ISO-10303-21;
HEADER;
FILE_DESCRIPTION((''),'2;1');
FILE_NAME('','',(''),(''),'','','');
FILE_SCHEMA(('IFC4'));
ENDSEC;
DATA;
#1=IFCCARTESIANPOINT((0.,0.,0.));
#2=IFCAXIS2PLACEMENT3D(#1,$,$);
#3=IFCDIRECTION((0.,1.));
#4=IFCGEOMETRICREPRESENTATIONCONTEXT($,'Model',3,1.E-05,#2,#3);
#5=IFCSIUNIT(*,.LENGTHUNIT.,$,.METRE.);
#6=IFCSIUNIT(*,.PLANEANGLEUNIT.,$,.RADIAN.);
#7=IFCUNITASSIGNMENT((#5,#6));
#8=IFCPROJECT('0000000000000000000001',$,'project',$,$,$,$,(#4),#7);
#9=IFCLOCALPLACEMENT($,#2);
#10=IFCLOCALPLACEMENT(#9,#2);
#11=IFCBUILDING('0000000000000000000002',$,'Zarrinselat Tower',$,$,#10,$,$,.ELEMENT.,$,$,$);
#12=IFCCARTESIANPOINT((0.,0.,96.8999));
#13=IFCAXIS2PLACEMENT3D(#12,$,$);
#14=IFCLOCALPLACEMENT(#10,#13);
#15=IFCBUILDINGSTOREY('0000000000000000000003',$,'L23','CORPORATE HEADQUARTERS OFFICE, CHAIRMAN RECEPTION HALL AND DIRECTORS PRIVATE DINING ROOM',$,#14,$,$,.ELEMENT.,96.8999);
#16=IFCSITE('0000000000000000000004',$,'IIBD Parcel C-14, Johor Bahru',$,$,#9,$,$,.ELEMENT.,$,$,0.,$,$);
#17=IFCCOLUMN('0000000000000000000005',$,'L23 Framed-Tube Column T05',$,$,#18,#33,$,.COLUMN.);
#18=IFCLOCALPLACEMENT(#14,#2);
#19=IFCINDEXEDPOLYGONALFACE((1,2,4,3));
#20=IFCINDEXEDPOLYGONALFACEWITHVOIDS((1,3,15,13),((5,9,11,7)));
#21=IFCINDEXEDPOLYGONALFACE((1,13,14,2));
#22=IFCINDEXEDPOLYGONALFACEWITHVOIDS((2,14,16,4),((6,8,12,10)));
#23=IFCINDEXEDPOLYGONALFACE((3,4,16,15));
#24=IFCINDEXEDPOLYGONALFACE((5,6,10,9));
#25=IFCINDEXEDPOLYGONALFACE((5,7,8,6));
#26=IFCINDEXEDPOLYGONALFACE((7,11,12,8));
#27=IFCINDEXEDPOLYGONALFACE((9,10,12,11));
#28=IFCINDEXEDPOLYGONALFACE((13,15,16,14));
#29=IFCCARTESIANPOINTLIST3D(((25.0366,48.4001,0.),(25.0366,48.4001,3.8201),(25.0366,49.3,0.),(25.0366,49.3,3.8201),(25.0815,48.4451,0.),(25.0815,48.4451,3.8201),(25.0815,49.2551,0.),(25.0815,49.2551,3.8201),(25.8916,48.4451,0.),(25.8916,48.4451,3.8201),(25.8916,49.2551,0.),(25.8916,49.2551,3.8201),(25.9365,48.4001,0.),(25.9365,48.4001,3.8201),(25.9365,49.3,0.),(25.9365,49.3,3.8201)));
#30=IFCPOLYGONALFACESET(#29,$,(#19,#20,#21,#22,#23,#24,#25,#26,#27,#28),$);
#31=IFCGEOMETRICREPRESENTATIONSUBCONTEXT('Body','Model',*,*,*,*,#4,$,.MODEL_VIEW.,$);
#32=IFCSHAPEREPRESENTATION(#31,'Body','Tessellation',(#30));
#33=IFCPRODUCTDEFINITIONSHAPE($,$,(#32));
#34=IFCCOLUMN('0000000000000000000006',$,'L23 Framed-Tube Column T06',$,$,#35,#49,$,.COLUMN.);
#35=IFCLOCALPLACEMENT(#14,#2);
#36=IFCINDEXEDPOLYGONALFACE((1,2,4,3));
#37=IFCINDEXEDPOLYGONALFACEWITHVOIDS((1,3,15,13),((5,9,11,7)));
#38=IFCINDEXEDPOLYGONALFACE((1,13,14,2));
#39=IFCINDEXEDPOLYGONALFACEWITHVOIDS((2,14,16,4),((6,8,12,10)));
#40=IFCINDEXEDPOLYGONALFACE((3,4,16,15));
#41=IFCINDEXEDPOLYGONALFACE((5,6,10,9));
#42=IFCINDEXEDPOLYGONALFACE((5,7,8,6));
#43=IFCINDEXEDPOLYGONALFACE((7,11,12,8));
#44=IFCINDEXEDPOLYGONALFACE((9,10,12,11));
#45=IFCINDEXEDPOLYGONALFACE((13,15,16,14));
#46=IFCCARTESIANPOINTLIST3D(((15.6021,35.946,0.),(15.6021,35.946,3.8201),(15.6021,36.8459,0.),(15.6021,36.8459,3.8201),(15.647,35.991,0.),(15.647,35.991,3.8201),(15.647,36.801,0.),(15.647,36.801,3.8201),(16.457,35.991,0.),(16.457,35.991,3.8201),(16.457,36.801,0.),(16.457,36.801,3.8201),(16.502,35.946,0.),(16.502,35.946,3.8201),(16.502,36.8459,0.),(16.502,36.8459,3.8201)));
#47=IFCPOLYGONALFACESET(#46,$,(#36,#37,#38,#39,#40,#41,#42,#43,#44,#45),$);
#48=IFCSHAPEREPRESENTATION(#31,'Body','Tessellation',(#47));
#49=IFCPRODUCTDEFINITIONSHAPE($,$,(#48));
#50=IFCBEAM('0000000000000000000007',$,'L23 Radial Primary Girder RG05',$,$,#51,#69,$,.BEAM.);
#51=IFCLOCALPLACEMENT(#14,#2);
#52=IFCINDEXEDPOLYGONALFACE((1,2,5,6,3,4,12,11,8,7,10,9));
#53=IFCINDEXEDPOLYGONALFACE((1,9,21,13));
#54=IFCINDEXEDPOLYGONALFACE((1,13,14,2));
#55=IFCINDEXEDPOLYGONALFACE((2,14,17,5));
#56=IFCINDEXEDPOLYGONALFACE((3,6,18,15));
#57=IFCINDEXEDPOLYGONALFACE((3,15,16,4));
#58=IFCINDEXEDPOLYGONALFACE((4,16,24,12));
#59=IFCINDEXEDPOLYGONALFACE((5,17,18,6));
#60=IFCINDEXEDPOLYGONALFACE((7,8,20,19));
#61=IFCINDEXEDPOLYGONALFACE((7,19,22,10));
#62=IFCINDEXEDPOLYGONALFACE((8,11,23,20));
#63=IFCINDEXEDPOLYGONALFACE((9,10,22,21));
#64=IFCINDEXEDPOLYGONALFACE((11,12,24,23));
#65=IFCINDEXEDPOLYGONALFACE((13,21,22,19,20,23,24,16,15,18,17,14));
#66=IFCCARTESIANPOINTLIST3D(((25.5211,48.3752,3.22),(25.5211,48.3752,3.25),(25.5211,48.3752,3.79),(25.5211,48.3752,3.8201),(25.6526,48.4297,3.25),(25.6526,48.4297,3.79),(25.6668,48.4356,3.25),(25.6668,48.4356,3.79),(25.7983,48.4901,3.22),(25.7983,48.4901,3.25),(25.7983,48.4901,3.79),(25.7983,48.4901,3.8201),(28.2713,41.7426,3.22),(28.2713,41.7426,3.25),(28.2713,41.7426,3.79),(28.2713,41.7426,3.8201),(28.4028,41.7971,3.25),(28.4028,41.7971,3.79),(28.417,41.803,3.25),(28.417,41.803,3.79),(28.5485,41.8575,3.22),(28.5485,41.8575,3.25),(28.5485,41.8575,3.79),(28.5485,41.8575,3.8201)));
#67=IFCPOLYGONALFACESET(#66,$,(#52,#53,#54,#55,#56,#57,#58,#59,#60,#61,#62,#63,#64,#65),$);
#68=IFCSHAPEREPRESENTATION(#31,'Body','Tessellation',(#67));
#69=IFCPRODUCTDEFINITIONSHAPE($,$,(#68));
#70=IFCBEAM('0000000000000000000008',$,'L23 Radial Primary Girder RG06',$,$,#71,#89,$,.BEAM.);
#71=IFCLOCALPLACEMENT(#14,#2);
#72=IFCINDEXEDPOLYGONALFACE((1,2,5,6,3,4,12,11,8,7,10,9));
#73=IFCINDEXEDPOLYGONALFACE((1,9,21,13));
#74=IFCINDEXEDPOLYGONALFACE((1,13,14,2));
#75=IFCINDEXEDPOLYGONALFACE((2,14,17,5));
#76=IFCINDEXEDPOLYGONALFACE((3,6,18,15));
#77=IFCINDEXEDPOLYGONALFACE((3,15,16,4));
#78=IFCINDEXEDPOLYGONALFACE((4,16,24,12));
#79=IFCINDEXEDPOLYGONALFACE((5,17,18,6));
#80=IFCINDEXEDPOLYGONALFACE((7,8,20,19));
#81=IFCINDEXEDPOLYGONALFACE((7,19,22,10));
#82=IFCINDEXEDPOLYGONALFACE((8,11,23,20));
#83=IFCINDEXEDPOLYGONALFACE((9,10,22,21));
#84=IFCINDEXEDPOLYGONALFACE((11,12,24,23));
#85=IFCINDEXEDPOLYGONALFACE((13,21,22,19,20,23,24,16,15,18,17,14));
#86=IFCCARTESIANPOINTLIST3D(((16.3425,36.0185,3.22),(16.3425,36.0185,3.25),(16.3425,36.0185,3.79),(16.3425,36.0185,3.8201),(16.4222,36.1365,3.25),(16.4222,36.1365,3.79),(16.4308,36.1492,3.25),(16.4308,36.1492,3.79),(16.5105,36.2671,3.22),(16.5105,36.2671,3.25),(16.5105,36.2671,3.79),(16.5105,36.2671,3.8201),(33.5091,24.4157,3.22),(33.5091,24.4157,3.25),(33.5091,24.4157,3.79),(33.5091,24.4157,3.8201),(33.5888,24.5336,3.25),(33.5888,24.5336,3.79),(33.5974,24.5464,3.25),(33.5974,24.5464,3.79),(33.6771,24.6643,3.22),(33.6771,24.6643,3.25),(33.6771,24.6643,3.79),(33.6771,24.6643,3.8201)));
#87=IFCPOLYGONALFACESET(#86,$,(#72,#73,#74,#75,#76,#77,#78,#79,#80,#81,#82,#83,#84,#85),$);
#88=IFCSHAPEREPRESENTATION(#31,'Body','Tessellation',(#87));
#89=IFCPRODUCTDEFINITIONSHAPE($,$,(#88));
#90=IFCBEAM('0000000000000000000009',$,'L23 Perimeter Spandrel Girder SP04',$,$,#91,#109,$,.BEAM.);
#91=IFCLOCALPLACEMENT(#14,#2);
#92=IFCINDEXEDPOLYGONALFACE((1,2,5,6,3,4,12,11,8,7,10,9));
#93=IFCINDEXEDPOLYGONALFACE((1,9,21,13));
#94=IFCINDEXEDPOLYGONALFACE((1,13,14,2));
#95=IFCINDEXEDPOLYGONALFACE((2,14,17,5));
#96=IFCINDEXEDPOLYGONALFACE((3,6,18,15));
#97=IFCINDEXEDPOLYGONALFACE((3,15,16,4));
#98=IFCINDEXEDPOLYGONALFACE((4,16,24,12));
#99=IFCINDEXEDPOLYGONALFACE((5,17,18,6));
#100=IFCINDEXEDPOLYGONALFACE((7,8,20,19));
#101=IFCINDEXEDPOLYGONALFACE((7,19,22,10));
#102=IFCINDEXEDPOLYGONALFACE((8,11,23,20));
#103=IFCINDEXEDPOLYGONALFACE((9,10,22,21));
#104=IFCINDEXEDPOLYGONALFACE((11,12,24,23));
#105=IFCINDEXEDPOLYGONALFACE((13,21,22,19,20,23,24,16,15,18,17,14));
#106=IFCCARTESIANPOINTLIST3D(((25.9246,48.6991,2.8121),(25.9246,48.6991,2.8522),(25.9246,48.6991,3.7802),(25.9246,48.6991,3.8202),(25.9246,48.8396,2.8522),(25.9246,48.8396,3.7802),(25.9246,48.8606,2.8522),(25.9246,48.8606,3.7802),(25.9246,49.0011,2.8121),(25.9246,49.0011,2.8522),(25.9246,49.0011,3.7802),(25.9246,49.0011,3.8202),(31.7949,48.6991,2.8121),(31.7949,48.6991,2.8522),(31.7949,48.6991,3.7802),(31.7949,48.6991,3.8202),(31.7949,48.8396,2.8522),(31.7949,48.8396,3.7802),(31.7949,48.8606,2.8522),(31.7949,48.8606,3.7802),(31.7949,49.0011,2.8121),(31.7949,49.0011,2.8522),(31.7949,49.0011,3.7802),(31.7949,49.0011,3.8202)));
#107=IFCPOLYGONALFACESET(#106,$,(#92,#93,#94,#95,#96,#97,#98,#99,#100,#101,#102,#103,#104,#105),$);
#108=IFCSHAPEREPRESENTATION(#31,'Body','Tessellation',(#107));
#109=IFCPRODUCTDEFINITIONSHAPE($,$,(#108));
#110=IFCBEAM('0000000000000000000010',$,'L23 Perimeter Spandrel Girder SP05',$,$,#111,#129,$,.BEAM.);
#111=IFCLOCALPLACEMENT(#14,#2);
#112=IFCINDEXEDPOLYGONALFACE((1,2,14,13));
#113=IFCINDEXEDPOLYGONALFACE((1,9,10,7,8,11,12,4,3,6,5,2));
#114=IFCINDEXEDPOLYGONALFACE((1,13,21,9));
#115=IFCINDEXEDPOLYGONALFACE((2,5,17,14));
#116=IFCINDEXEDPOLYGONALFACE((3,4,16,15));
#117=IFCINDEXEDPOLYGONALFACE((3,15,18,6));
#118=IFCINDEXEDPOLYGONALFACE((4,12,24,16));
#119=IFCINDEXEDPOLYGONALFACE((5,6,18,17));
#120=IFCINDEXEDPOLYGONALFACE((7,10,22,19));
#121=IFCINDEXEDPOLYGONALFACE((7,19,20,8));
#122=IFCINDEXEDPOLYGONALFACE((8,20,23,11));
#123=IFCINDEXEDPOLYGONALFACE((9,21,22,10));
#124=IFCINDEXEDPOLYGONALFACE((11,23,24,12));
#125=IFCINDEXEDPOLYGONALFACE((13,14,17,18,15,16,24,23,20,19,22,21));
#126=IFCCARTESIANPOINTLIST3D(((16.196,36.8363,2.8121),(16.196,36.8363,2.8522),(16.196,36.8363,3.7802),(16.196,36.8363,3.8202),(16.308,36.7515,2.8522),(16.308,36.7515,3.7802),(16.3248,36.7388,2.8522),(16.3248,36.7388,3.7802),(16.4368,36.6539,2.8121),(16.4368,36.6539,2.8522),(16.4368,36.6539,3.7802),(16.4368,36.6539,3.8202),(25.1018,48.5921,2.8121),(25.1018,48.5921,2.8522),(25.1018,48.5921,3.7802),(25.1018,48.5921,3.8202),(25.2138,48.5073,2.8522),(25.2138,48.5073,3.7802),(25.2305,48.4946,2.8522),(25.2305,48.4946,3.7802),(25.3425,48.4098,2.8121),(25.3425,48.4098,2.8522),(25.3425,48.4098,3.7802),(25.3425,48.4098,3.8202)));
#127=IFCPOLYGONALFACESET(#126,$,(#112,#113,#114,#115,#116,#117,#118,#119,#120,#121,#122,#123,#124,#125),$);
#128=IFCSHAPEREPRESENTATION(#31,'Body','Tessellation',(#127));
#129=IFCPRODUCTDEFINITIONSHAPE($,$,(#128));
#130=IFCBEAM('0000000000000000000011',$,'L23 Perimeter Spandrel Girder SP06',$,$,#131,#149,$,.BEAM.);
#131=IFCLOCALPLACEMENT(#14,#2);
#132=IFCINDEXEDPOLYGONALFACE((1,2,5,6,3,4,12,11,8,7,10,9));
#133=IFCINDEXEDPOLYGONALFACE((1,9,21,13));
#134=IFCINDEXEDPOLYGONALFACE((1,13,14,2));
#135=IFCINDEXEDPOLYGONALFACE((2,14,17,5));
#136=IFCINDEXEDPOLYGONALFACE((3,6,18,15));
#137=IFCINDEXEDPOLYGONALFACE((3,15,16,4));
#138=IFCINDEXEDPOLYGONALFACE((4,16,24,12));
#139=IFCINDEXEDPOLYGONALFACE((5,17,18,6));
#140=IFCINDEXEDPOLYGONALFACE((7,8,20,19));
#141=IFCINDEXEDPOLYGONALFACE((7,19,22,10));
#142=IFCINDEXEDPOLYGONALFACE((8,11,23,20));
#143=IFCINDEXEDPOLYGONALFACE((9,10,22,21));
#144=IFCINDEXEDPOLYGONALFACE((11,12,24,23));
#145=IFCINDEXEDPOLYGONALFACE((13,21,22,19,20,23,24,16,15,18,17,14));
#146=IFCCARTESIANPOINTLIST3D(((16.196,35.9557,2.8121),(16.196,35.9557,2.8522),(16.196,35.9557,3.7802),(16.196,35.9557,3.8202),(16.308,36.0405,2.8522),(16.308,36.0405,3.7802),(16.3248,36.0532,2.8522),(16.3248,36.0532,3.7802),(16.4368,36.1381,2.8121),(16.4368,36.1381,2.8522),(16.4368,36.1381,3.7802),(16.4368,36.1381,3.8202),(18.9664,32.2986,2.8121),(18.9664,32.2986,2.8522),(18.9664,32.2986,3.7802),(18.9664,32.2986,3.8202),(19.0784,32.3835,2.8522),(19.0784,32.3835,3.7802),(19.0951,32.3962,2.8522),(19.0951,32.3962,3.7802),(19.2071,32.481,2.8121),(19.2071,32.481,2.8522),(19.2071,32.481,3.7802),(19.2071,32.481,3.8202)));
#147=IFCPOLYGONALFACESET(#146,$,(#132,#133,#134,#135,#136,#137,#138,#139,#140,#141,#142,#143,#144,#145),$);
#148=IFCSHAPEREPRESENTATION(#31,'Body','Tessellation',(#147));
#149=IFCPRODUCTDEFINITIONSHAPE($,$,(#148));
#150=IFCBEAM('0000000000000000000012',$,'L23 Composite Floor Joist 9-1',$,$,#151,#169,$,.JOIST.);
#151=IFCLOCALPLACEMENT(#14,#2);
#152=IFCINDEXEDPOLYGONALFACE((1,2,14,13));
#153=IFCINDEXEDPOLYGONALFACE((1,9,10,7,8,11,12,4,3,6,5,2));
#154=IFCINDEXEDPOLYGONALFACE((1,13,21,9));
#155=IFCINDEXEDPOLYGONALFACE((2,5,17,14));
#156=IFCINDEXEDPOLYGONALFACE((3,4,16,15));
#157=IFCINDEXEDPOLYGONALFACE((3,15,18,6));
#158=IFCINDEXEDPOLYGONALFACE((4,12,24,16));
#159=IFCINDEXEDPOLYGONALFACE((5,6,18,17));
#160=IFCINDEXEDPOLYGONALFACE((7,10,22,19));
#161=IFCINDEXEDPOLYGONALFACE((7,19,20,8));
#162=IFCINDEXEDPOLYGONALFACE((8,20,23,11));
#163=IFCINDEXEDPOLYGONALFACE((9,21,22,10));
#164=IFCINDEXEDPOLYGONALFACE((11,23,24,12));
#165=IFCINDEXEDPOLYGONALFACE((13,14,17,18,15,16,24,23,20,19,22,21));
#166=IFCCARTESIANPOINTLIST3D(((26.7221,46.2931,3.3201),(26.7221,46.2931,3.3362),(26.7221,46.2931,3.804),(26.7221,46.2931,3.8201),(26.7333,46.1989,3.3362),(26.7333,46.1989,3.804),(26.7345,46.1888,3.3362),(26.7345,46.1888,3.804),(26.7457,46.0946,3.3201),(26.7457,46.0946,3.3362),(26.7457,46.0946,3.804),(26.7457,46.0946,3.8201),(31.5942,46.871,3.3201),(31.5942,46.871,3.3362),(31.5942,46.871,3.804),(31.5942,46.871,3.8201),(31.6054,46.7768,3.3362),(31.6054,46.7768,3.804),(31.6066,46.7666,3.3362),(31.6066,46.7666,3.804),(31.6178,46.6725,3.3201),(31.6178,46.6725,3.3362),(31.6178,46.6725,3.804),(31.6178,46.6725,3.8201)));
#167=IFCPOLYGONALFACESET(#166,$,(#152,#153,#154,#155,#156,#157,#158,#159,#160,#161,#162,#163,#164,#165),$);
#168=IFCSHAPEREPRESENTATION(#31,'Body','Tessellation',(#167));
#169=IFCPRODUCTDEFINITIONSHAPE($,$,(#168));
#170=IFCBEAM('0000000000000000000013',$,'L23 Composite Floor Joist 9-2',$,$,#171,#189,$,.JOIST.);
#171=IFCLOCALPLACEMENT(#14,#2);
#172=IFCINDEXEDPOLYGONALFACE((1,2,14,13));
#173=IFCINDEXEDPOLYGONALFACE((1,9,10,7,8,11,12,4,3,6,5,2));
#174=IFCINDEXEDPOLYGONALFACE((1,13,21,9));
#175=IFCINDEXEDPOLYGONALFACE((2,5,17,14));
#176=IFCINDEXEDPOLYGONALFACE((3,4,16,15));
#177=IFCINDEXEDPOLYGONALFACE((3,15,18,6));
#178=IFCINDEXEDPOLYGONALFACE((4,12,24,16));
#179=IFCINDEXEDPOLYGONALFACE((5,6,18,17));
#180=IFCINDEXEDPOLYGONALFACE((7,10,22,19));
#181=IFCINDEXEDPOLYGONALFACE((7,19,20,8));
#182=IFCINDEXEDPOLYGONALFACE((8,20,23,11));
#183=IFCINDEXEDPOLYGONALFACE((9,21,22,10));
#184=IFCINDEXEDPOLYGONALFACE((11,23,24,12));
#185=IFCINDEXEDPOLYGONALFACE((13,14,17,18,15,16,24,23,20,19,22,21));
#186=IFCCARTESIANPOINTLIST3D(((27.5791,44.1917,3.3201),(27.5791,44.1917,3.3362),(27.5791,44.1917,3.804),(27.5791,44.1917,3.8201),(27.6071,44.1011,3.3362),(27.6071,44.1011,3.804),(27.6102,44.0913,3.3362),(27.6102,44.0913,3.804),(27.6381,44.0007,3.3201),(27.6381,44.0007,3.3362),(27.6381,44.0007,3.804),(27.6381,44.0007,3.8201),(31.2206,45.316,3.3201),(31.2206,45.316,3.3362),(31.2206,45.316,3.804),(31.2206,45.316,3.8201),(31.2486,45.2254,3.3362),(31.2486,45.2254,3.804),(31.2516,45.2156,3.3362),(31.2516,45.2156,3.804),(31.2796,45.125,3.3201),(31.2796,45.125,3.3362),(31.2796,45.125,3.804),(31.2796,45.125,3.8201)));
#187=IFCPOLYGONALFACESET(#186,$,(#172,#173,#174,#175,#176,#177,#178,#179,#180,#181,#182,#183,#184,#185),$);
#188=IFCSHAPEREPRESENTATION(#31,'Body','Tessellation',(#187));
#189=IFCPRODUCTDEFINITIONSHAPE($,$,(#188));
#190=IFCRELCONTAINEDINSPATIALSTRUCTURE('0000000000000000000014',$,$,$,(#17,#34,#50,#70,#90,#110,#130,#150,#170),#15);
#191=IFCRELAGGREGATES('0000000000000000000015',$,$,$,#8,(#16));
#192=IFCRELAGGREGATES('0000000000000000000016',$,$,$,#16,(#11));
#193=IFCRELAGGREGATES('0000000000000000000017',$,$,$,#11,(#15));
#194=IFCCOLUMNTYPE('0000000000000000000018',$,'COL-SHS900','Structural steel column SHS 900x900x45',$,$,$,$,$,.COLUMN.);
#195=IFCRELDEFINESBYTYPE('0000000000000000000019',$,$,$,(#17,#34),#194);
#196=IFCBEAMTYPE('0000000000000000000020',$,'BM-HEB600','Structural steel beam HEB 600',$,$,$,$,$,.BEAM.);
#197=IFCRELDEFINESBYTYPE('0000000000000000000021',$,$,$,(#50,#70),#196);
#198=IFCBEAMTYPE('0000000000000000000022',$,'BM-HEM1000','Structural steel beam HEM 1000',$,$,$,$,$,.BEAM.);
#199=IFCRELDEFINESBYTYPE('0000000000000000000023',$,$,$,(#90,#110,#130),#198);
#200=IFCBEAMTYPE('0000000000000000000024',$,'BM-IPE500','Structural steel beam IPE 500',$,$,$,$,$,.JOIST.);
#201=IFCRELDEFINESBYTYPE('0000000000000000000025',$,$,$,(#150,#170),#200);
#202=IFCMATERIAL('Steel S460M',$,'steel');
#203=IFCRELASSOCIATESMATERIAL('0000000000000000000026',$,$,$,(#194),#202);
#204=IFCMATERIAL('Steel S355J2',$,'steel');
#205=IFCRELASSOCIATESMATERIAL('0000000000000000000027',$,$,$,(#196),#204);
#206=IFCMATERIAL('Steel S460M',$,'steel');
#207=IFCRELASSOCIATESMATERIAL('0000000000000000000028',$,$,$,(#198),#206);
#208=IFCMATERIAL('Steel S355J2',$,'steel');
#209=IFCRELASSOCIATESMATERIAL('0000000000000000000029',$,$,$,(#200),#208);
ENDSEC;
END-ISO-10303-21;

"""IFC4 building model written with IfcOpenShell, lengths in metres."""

from ifc_helpers import new_model, si_unit, direction, frame, origin, origin_2d, place, context, subcontext, project, spatial, hollow_rectangle, i_section, extrude, material, material_profile, profile_set, type_object, element, save


model = new_model("IFC4")

# Units and contexts
model_context = context("Model", 3, precision=1e-05, world=origin(), true_north=direction((0.0, 1.0)))
body_context = subcontext(model_context, "Body", "Model", "MODEL_VIEW")
ifc_project = project(units=[si_unit("LENGTHUNIT", "METRE"), si_unit("PLANEANGLEUNIT", "RADIAN")], contexts=[model_context])

# Site, building, storey
site_placement = place(None, origin())
site = spatial("IfcSite", under=ifc_project, at=site_placement, Name="IIBD Parcel C-14, Johor Bahru", CompositionType="ELEMENT", RefElevation=0.0)
building_placement = place(site_placement, origin())
building = spatial("IfcBuilding", under=site, at=building_placement, Name="Zarrinselat Tower", CompositionType="ELEMENT")
storey_placement = place(building_placement, frame((0.0, 0.0, 96.8999)))
storey = spatial("IfcBuildingStorey", under=building, at=storey_placement, Name="L23", Description="CORPORATE HEADQUARTERS OFFICE, CHAIRMAN RECEPTION HALL AND DIRECTORS PRIVATE DINING ROOM", CompositionType="ELEMENT", Elevation=96.8999)

# Columns
ifc_material_1 = material(Name="Steel S460M", Category="steel")
ifc_material_profile_1 = material_profile(ifc_material_1, hollow_rectangle(XDim=0.8999, YDim=0.8999, WallThickness=0.0449, at=origin_2d()), Name="SHS 900x900x45")
ifc_profile_set_1 = profile_set([ifc_material_profile_1], Name="Steel S460M")
column_type = type_object("IfcColumnType", Name="COL-SHS900", Description="Structural steel column SHS 900x900x45", PredefinedType="COLUMN", material=ifc_profile_set_1)
for number, where, z_axis, x_axis, name in (
    (1, (25.4866, 48.8501, 0.0), (0.0, 0.0, 1.0), (1.0, 0.0, 0.0), "L23 Framed-Tube Column T05"),
    (2, (16.052, 36.396, 0.0), (0.0, 0.0, 1.0), (1.0, 0.0, 0.0), "L23 Framed-Tube Column T06"),
):
    element("IfcColumn", number, at=place(storey_placement, frame(where, z_axis=z_axis, x_axis=x_axis)), inside=storey, type_object=column_type, Name=name, PredefinedType="COLUMN", context=body_context, shape_type="SweptSolid", body=[
        extrude(hollow_rectangle(XDim=0.8999, YDim=0.8999, WallThickness=0.0449, at=origin_2d()), origin(), (0.0, 0.0, 1.0), 3.8201),
    ])

# Beams
ifc_material_2 = material(Name="Steel S355J2", Category="steel")
ifc_material_profile_2 = material_profile(ifc_material_2, i_section(OverallWidth=0.3, OverallDepth=0.6001, WebThickness=0.0154, FlangeThickness=0.03, at=origin_2d()), Name="HEB 600")
ifc_profile_set_2 = profile_set([ifc_material_profile_2], Name="Steel S355J2")
beam_type_1 = type_object("IfcBeamType", Name="BM-HEB600", Description="Structural steel beam HEB 600", PredefinedType="BEAM", material=ifc_profile_set_2)
beam_1_placement = place(storey_placement, frame((25.6597, 48.4326, 3.52), z_axis=(0.383033, -0.923734, 0.0), x_axis=(0.923734, 0.383033, 0.0)))
element("IfcBeam", 3, at=beam_1_placement, inside=storey, type_object=beam_type_1, Name="L23 Radial Primary Girder RG05", PredefinedType="BEAM", context=body_context, shape_type="SweptSolid", body=[
    extrude(i_section(OverallWidth=0.3, OverallDepth=0.6001, WebThickness=0.0154, FlangeThickness=0.03, at=origin_2d()), origin(), (0.0, 0.0, 1.0), 7.1802),
])
beam_2_placement = place(storey_placement, frame((16.4265, 36.1428, 3.52), z_axis=(0.828504, -0.559983, 0.0), x_axis=(0.559983, 0.828504, 0.0)))
element("IfcBeam", 4, at=beam_2_placement, inside=storey, type_object=beam_type_1, Name="L23 Radial Primary Girder RG06", PredefinedType="BEAM", context=body_context, shape_type="SweptSolid", body=[
    extrude(i_section(OverallWidth=0.3, OverallDepth=0.6001, WebThickness=0.0154, FlangeThickness=0.03, at=origin_2d()), origin(), (0.0, 0.0, 1.0), 20.72),
])
ifc_material_3 = material(Name="Steel S460M", Category="steel")
ifc_material_profile_3 = material_profile(ifc_material_3, i_section(OverallWidth=0.302, OverallDepth=1.0081, WebThickness=0.021, FlangeThickness=0.04, at=origin_2d()), Name="HEM 1000")
ifc_profile_set_3 = profile_set([ifc_material_profile_3], Name="Steel S460M")
beam_type_2 = type_object("IfcBeamType", Name="BM-HEM1000", Description="Structural steel beam HEM 1000", PredefinedType="BEAM", material=ifc_profile_set_3)
beam_3_placement = place(storey_placement, frame((25.9246, 48.8501, 3.3162), z_axis=(1.0, 0.0, 0.0), x_axis=(0.0, 1.0, 0.0)))
element("IfcBeam", 5, at=beam_3_placement, inside=storey, type_object=beam_type_2, Name="L23 Perimeter Spandrel Girder SP04", PredefinedType="BEAM", context=body_context, shape_type="SweptSolid", body=[
    extrude(i_section(OverallWidth=0.302, OverallDepth=1.0081, WebThickness=0.021, FlangeThickness=0.04, at=origin_2d()), origin(), (0.0, 0.0, 1.0), 5.8704),
])
beam_4_placement = place(storey_placement, frame((16.3164, 36.7451, 3.3162), z_axis=(0.603849, 0.797098, 0.0), x_axis=(-0.797098, 0.603849, 0.0)))
element("IfcBeam", 6, at=beam_4_placement, inside=storey, type_object=beam_type_2, Name="L23 Perimeter Spandrel Girder SP05", PredefinedType="BEAM", context=body_context, shape_type="SweptSolid", body=[
    extrude(i_section(OverallWidth=0.302, OverallDepth=1.0081, WebThickness=0.021, FlangeThickness=0.04, at=origin_2d()), origin(), (0.0, 0.0, 1.0), 14.7483),
])
beam_5_placement = place(storey_placement, frame((16.3164, 36.0469, 3.3162), z_axis=(0.603833, -0.797111, 0.0), x_axis=(0.797111, 0.603833, 0.0)))
element("IfcBeam", 7, at=beam_5_placement, inside=storey, type_object=beam_type_2, Name="L23 Perimeter Spandrel Girder SP06", PredefinedType="BEAM", context=body_context, shape_type="SweptSolid", body=[
    extrude(i_section(OverallWidth=0.302, OverallDepth=1.0081, WebThickness=0.021, FlangeThickness=0.04, at=origin_2d()), origin(), (0.0, 0.0, 1.0), 4.5879),
])
ifc_material_4 = material(Name="Steel S355J2", Category="steel")
ifc_material_profile_4 = material_profile(ifc_material_4, i_section(OverallWidth=0.2, OverallDepth=0.5, WebThickness=0.0103, FlangeThickness=0.0161, at=origin_2d()), Name="IPE 500")
ifc_profile_set_4 = profile_set([ifc_material_profile_4], Name="Steel S355J2")
beam_type_3 = type_object("IfcBeamType", Name="BM-IPE500", Description="Structural steel beam IPE 500", PredefinedType="JOIST", material=ifc_profile_set_4)
beam_6_placement = place(storey_placement, frame((26.7339, 46.1938, 3.5701), z_axis=(0.993039, 0.117785, 0.0), x_axis=(-0.117785, 0.993039, 0.0)))
element("IfcBeam", 8, at=beam_6_placement, inside=storey, type_object=beam_type_3, Name="L23 Composite Floor Joist 9-1", PredefinedType="JOIST", context=body_context, shape_type="SweptSolid", body=[
    extrude(i_section(OverallWidth=0.2, OverallDepth=0.5, WebThickness=0.0103, FlangeThickness=0.0161, at=origin_2d()), origin(), (0.0, 0.0, 1.0), 4.9062),
])
beam_7_placement = place(storey_placement, frame((27.6086, 44.0962, 3.5701), z_axis=(0.955495, 0.295009, 0.0), x_axis=(-0.295009, 0.955495, 0.0)))
element("IfcBeam", 9, at=beam_7_placement, inside=storey, type_object=beam_type_3, Name="L23 Composite Floor Joist 9-2", PredefinedType="JOIST", context=body_context, shape_type="SweptSolid", body=[
    extrude(i_section(OverallWidth=0.2, OverallDepth=0.5, WebThickness=0.0103, FlangeThickness=0.0161, at=origin_2d()), origin(), (0.0, 0.0, 1.0), 3.811),
])

save(model, "model.ifc")
